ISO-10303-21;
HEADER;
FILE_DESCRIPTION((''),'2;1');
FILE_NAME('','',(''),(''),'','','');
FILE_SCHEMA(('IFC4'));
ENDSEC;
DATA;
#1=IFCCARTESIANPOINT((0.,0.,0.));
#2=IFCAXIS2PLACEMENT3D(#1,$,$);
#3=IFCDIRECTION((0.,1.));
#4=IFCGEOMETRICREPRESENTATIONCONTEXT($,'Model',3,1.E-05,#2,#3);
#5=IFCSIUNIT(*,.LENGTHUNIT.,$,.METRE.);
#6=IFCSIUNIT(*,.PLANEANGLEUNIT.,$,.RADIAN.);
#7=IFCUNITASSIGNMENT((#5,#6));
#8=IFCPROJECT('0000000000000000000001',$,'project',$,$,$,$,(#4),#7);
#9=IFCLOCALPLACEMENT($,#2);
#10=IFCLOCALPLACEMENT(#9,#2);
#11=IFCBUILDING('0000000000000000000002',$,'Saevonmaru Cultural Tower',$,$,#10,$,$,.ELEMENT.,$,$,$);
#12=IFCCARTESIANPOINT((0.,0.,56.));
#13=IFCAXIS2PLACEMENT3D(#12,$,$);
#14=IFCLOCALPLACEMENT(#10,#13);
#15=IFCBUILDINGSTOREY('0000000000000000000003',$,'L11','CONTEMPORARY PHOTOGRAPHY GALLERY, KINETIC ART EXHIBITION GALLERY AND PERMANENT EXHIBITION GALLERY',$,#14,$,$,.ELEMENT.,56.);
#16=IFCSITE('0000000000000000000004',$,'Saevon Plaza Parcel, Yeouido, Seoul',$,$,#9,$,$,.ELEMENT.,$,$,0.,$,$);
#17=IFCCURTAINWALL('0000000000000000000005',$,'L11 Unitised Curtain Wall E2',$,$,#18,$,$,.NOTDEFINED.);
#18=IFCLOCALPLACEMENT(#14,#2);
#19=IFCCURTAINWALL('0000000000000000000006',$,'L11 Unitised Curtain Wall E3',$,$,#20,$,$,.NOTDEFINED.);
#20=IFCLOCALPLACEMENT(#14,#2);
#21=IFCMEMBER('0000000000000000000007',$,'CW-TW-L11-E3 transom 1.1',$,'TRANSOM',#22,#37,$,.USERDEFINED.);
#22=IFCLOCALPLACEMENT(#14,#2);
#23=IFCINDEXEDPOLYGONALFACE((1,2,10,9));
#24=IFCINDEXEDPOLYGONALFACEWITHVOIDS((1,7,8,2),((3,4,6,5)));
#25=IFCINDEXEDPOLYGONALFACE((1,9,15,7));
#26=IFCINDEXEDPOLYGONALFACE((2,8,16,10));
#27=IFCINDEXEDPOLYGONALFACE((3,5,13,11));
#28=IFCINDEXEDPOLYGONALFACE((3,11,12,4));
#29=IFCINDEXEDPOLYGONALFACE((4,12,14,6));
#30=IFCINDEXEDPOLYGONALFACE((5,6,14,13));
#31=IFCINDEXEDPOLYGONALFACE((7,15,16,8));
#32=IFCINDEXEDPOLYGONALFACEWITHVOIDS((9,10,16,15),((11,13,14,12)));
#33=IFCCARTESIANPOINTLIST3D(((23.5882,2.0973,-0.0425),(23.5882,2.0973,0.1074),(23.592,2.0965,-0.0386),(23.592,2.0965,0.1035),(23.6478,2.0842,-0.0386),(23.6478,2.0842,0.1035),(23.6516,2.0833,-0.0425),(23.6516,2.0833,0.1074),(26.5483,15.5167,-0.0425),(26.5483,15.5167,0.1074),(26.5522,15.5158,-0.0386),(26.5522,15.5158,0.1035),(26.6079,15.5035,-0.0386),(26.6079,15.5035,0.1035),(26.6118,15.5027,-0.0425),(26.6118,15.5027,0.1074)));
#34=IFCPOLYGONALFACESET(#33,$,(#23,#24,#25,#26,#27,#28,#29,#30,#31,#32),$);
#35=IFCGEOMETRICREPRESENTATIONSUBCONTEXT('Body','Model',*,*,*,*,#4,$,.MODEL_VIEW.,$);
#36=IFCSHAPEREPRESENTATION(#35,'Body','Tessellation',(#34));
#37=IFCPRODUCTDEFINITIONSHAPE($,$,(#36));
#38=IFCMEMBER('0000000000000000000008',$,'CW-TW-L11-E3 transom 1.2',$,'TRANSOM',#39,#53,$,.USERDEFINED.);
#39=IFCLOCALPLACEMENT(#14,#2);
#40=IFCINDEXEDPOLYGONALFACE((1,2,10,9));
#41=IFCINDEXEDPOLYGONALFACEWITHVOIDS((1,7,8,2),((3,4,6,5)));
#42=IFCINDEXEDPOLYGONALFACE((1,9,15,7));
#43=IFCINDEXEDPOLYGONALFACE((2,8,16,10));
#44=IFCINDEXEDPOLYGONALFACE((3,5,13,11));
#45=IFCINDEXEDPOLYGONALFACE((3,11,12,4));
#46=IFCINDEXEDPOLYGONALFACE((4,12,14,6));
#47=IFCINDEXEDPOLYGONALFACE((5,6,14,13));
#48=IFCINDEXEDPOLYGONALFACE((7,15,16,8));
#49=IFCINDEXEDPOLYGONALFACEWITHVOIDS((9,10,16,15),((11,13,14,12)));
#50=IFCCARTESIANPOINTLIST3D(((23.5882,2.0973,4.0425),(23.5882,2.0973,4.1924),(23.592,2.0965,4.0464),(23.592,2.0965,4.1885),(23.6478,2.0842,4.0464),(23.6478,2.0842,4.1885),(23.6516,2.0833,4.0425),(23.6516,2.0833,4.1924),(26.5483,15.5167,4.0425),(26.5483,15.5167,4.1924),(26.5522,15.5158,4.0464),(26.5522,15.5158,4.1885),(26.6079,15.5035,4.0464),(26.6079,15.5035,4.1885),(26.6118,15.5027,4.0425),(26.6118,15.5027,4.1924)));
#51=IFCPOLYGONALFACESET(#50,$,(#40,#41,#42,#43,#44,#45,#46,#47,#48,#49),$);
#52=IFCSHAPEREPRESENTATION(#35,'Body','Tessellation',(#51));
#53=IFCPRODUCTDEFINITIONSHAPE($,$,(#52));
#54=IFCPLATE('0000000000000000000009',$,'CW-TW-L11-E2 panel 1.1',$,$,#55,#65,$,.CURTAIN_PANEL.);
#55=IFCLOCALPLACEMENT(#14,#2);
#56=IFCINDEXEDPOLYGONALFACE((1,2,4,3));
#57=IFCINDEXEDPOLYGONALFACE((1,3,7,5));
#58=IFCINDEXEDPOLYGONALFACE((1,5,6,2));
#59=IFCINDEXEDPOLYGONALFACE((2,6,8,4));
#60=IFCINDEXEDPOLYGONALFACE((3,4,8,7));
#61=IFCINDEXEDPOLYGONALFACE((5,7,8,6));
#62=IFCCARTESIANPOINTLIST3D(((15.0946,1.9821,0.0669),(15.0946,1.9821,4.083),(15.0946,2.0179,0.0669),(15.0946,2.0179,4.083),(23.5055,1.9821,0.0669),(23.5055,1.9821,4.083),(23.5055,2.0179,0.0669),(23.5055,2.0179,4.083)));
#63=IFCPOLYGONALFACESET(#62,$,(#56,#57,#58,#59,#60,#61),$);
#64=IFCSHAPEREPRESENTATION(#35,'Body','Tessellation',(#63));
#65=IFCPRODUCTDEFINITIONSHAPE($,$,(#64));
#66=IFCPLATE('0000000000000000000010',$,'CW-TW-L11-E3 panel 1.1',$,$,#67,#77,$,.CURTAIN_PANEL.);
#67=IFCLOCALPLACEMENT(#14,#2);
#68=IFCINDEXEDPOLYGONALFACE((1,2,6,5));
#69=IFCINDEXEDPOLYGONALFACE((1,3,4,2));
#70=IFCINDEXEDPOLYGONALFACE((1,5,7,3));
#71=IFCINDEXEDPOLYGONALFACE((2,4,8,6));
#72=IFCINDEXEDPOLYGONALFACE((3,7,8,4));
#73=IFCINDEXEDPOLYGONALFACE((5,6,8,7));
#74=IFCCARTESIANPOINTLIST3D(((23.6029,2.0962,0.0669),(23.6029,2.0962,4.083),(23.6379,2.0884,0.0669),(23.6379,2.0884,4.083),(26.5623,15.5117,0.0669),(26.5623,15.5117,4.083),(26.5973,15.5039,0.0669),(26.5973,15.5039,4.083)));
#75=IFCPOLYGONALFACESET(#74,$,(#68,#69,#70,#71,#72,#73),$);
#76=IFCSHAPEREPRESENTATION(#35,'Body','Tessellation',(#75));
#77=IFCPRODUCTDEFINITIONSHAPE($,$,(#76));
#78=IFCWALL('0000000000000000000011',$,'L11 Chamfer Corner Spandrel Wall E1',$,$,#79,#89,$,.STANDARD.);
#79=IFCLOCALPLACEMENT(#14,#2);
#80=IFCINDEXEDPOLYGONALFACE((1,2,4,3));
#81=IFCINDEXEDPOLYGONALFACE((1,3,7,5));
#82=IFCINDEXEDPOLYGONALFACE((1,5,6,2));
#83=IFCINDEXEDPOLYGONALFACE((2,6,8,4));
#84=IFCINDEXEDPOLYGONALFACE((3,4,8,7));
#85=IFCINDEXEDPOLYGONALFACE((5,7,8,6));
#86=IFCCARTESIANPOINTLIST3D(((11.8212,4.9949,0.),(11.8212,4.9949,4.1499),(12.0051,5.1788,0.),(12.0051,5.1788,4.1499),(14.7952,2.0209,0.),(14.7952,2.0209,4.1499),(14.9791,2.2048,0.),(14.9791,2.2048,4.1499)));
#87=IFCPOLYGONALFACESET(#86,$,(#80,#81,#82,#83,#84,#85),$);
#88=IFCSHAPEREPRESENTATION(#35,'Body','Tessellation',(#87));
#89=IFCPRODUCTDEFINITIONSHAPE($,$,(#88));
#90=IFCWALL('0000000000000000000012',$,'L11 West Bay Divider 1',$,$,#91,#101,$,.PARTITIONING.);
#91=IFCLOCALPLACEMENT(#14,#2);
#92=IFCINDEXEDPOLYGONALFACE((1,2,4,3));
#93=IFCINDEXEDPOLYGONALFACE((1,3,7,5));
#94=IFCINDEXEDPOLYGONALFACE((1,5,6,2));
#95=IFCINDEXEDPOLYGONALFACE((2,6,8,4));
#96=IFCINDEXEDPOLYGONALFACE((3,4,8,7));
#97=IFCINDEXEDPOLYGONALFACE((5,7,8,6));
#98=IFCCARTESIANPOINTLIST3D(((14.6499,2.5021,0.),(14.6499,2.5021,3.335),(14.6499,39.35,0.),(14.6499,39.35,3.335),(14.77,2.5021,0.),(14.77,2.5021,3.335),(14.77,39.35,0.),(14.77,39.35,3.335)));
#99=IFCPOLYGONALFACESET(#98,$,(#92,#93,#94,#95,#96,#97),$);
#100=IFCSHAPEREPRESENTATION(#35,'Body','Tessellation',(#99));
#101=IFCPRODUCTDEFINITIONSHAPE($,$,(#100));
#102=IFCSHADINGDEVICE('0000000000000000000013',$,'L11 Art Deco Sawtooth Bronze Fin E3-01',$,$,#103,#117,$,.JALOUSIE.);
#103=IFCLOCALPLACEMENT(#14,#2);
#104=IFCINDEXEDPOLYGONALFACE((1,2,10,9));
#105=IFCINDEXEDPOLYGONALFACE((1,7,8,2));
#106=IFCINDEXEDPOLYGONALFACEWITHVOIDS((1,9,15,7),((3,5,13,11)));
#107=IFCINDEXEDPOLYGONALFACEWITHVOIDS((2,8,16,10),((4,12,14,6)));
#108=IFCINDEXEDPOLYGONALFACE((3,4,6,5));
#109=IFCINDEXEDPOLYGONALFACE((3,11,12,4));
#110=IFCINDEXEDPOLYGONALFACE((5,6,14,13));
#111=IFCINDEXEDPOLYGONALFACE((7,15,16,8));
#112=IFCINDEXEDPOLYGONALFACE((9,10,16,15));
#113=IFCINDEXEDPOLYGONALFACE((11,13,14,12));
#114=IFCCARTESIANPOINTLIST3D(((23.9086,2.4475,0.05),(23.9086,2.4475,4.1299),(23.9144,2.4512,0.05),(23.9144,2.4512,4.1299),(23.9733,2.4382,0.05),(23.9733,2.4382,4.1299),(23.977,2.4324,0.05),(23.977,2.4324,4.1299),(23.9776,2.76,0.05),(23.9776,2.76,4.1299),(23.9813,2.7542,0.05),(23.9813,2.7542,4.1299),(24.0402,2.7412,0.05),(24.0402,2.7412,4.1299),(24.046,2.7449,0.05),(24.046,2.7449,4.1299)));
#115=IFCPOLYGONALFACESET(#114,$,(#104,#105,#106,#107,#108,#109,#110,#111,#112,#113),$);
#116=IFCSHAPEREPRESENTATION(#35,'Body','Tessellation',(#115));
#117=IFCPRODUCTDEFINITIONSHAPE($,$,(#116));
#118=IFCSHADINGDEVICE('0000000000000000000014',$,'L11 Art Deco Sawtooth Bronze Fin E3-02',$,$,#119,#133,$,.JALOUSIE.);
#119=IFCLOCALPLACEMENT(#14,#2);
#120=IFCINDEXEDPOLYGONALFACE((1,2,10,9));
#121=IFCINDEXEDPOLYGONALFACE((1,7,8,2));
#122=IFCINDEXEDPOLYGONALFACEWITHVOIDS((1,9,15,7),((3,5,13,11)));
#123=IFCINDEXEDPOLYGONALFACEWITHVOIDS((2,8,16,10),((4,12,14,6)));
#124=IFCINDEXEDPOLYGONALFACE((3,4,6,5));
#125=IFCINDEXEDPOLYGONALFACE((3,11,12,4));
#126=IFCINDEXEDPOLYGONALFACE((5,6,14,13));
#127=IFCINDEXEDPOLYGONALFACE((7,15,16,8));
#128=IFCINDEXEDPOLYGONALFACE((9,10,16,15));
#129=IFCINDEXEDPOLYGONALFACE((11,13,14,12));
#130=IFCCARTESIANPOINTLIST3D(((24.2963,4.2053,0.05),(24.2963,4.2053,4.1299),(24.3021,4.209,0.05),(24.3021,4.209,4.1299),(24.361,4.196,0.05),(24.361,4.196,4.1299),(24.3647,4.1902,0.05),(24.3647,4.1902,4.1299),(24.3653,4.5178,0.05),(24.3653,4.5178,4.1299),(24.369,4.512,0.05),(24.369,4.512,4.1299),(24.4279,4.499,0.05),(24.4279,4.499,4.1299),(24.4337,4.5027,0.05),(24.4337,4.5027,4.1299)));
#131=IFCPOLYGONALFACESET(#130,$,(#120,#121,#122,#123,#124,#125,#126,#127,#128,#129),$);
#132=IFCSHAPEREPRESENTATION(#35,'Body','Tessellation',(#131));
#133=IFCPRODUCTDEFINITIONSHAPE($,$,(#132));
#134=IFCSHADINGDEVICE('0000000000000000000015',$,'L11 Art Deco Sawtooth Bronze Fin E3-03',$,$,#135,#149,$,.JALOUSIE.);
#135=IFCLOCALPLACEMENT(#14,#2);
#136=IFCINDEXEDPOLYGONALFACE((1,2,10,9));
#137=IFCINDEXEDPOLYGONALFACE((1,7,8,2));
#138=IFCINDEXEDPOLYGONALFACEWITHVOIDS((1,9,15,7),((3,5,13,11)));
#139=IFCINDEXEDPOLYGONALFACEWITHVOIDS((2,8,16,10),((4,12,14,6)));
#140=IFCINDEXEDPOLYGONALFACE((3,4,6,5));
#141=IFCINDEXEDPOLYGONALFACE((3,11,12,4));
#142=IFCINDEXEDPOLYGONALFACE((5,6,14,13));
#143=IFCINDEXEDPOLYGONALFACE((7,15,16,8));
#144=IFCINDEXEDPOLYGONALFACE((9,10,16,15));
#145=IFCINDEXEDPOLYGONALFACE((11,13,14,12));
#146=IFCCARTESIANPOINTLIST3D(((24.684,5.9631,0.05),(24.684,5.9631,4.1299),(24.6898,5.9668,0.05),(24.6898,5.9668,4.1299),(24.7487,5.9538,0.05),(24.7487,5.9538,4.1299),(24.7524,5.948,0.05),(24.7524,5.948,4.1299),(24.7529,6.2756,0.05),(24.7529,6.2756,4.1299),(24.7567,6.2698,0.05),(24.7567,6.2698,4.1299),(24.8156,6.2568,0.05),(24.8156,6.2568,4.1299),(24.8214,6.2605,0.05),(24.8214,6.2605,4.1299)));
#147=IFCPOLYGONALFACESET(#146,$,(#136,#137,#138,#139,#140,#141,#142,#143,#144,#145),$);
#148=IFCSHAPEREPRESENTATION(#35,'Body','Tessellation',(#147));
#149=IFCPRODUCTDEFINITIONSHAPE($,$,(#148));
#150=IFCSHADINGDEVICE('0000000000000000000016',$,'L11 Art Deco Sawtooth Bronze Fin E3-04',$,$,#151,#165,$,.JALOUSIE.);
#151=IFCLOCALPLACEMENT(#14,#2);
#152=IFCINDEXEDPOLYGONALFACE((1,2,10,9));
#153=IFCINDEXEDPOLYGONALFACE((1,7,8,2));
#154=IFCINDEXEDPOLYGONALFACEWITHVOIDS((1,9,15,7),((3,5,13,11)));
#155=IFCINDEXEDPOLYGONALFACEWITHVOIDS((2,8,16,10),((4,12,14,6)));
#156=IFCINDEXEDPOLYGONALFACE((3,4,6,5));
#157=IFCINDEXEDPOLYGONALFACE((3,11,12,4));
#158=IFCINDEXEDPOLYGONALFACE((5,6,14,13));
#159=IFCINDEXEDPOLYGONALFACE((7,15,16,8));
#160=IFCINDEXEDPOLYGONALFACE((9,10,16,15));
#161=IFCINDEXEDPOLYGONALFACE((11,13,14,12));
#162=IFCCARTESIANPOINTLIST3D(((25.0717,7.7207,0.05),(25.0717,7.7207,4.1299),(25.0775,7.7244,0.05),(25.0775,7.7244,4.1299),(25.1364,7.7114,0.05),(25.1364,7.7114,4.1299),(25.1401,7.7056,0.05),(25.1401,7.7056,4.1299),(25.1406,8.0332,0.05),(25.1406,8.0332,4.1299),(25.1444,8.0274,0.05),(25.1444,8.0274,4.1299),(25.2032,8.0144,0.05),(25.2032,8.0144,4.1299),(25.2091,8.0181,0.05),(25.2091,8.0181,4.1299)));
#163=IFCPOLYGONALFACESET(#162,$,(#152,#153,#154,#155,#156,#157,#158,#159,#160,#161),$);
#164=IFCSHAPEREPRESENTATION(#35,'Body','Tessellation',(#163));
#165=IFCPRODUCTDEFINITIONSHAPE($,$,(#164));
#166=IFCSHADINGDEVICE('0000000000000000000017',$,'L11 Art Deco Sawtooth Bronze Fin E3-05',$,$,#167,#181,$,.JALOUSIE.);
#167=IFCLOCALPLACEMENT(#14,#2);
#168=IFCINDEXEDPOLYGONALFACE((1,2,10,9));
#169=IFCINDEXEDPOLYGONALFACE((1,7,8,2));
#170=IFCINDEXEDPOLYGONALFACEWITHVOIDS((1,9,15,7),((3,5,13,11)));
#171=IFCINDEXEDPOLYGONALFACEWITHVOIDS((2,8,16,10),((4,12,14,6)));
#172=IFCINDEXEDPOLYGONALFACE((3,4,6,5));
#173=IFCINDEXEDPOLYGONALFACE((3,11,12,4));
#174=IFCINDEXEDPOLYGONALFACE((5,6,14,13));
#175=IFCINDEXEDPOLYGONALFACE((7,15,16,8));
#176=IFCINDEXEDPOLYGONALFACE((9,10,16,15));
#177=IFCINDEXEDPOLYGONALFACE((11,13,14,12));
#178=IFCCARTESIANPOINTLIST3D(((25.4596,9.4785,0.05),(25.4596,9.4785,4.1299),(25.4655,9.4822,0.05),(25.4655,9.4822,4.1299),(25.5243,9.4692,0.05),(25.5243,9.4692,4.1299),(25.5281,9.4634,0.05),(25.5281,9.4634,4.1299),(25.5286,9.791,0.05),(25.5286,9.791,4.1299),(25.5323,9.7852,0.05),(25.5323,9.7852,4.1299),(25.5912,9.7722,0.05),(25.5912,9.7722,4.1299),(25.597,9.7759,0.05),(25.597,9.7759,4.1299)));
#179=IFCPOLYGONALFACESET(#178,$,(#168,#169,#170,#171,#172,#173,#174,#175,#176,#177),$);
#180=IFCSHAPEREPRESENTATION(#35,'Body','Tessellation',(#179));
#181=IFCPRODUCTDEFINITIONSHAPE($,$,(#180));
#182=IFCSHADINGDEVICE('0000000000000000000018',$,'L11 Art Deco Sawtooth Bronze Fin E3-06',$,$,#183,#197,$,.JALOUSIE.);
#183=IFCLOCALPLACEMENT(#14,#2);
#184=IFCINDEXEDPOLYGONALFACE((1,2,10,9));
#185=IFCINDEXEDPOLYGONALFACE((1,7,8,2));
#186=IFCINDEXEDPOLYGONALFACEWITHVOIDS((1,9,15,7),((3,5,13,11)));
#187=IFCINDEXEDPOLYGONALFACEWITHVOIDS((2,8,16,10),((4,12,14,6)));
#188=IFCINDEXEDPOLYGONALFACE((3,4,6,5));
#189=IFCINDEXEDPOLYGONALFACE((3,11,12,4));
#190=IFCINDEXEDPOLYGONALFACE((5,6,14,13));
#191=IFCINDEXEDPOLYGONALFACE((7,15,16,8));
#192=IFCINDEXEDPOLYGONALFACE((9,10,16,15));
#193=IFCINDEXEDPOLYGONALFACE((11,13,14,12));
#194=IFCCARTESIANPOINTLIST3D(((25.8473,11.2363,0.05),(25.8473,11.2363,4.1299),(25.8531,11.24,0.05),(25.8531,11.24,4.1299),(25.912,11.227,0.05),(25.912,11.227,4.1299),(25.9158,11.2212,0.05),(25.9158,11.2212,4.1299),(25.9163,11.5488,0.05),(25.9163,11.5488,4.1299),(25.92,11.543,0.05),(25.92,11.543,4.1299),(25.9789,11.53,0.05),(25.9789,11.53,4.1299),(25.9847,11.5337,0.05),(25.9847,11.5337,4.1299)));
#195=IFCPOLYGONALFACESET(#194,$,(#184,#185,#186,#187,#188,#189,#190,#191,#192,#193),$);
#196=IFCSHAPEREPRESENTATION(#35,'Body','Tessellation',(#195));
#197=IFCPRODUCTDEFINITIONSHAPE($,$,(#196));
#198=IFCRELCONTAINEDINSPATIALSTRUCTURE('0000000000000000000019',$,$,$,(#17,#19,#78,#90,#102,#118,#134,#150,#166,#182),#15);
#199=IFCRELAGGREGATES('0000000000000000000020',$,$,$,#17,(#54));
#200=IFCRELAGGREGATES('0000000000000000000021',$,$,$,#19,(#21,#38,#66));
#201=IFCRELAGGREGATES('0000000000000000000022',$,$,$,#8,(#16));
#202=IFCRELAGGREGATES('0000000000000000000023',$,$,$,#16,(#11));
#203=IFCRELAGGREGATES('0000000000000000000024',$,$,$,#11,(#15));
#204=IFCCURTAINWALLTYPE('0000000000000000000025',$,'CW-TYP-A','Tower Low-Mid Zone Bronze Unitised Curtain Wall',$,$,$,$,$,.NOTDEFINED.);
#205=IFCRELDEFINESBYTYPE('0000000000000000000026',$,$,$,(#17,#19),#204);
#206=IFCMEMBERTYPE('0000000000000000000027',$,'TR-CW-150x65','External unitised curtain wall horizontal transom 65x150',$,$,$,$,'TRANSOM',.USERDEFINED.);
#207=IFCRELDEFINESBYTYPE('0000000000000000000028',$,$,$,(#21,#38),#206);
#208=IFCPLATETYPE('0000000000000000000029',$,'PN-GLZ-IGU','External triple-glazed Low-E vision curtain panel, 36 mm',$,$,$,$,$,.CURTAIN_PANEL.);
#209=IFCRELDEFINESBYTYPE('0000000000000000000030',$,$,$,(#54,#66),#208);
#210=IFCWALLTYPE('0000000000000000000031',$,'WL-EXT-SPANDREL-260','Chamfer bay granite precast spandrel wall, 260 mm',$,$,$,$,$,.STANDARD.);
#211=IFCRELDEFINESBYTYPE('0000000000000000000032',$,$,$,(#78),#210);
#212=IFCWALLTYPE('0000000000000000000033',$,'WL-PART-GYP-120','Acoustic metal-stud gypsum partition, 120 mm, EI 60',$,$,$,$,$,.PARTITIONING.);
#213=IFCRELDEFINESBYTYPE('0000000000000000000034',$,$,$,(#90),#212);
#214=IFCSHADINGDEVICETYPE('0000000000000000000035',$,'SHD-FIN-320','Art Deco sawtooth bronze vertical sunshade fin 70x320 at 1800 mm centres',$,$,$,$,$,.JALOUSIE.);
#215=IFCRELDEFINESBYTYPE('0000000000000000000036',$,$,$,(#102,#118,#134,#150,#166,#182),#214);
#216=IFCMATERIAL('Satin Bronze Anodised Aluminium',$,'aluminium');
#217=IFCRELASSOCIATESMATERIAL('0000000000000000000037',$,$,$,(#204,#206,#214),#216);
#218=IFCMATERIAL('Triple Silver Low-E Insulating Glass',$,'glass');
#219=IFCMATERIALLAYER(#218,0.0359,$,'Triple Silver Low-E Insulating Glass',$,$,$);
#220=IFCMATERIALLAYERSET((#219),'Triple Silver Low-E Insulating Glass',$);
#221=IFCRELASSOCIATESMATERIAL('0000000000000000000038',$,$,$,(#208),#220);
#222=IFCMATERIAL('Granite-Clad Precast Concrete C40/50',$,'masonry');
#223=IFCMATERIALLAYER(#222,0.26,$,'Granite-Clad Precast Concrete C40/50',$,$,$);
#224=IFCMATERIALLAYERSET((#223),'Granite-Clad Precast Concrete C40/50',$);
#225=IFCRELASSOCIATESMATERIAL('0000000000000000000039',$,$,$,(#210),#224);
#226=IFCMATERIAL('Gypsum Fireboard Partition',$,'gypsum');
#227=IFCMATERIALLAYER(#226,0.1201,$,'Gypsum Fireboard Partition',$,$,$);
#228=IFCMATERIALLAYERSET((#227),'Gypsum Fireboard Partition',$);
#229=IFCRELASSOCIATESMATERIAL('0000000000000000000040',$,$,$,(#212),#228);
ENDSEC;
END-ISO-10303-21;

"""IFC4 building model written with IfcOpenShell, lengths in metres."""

from ifc_helpers import new_model, si_unit, direction, frame, frame_2d, origin, origin_2d, place, context, subcontext, project, spatial, rectangle, hollow_rectangle, extrude, material, layer, layer_set, material_profile, profile_set, type_object, element, aggregate, save


model = new_model("IFC4")

# Units and contexts
model_context = context("Model", 3, precision=1e-05, world=origin(), true_north=direction((0.0, 1.0)))
body_context = subcontext(model_context, "Body", "Model", "MODEL_VIEW")
ifc_project = project(units=[si_unit("LENGTHUNIT", "METRE"), si_unit("PLANEANGLEUNIT", "RADIAN")], contexts=[model_context])

# Site, building, storey
site_placement = place(None, origin())
site = spatial("IfcSite", under=ifc_project, at=site_placement, Name="Saevon Plaza Parcel, Yeouido, Seoul", CompositionType="ELEMENT", RefElevation=0.0)
building_placement = place(site_placement, origin())
building = spatial("IfcBuilding", under=site, at=building_placement, Name="Saevonmaru Cultural Tower", CompositionType="ELEMENT")
storey_placement = place(building_placement, frame((0.0, 0.0, 56.0)))
storey = spatial("IfcBuildingStorey", under=building, at=storey_placement, Name="L11", Description="CONTEMPORARY PHOTOGRAPHY GALLERY, KINETIC ART EXHIBITION GALLERY AND PERMANENT EXHIBITION GALLERY", CompositionType="ELEMENT", Elevation=56.0)

# Curtain wall
ifc_material_1 = material(Name="Satin Bronze Anodised Aluminium", Category="aluminium")
curtain_wall_type = type_object("IfcCurtainWallType", Name="CW-TYP-A", Description="Tower Low-Mid Zone Bronze Unitised Curtain Wall", PredefinedType="NOTDEFINED", material=ifc_material_1)
curtain_wall_1_placement = place(storey_placement, origin())
curtain_wall_1 = element("IfcCurtainWall", 1, at=curtain_wall_1_placement, inside=storey, type_object=curtain_wall_type, Name="L11 Unitised Curtain Wall E2", PredefinedType="NOTDEFINED")

# Curtain wall
curtain_wall_2_placement = place(storey_placement, origin())
curtain_wall_2 = element("IfcCurtainWall", 2, at=curtain_wall_2_placement, inside=storey, type_object=curtain_wall_type, Name="L11 Unitised Curtain Wall E3", PredefinedType="NOTDEFINED")

# Members
ifc_material_profile_1 = material_profile(ifc_material_1, hollow_rectangle(XDim=0.0649, YDim=0.1499, WallThickness=0.0039, at=origin_2d()), Name="ALU-TRAN-150x65x4")
ifc_profile_set_1 = profile_set([ifc_material_profile_1], Name="Satin Bronze Anodised Aluminium")
member_type_1 = type_object("IfcMemberType", Name="TR-CW-150x65", Description="External unitised curtain wall horizontal transom 65x150", ElementType="TRANSOM", PredefinedType="USERDEFINED", material=ifc_profile_set_1)
member_1_placement = place(storey_placement, frame((23.6199, 2.0903, 0.0325), z_axis=(0.215412, 0.976523, 0.0), x_axis=(-0.976523, 0.215412, 0.0)))
member_1 = element("IfcMember", 3, at=member_1_placement, type_object=member_type_1, Name="CW-TW-L11-E3 transom 1.1", ObjectType="TRANSOM", PredefinedType="USERDEFINED", context=body_context, shape_type="SweptSolid", body=[
    extrude(hollow_rectangle(XDim=0.0649, YDim=0.1499, WallThickness=0.0039, at=origin_2d()), origin(), (0.0, 0.0, 1.0), 13.7419),
])
member_2_placement = place(storey_placement, frame((23.6199, 2.0903, 4.1174), z_axis=(0.215412, 0.976523, 0.0), x_axis=(-0.976523, 0.215412, 0.0)))
member_2 = element("IfcMember", 4, at=member_2_placement, type_object=member_type_1, Name="CW-TW-L11-E3 transom 1.2", ObjectType="TRANSOM", PredefinedType="USERDEFINED", context=body_context, shape_type="SweptSolid", body=[
    extrude(hollow_rectangle(XDim=0.0649, YDim=0.1499, WallThickness=0.0039, at=origin_2d()), origin(), (0.0, 0.0, 1.0), 13.7419),
])

# Plates
ifc_material_2 = material(Name="Triple Silver Low-E Insulating Glass", Category="glass")
ifc_layer_1 = layer(ifc_material_2, 0.0359, Name="Triple Silver Low-E Insulating Glass")
ifc_layer_set_1 = layer_set([ifc_layer_1], Name="Triple Silver Low-E Insulating Glass")
plate_type = type_object("IfcPlateType", Name="PN-GLZ-IGU", Description="External triple-glazed Low-E vision curtain panel, 36 mm", PredefinedType="CURTAIN_PANEL", material=ifc_layer_set_1)
plate_1_placement = place(storey_placement, frame((19.3, 2.0, 0.0669), z_axis=(0.0, 0.0, 1.0), x_axis=(1.0, 0.0, 0.0)))
plate_1 = element("IfcPlate", 5, at=plate_1_placement, type_object=plate_type, Name="CW-TW-L11-E2 panel 1.1", PredefinedType="CURTAIN_PANEL", context=body_context, shape_type="SweptSolid", body=[
    extrude(rectangle(XDim=8.4109, YDim=0.0359, at=origin_2d()), origin(), (0.0, 0.0, 1.0), 4.0161),
])
aggregate(curtain_wall_1, [plate_1])
plate_2_placement = place(storey_placement, frame((25.1001, 8.8, 0.0669), z_axis=(0.0, 0.0, 1.0), x_axis=(0.215413, 0.976523, 0.0)))
plate_2 = element("IfcPlate", 6, at=plate_2_placement, type_object=plate_type, Name="CW-TW-L11-E3 panel 1.1", PredefinedType="CURTAIN_PANEL", context=body_context, shape_type="SweptSolid", body=[
    extrude(rectangle(XDim=13.738, YDim=0.0359, at=origin_2d()), origin(), (0.0, 0.0, 1.0), 4.0161),
])
aggregate(curtain_wall_2, [member_1, member_2, plate_2])

# Walls
ifc_material_3 = material(Name="Granite-Clad Precast Concrete C40/50", Category="masonry")
ifc_layer_2 = layer(ifc_material_3, 0.26, Name="Granite-Clad Precast Concrete C40/50")
ifc_layer_set_2 = layer_set([ifc_layer_2], Name="Granite-Clad Precast Concrete C40/50")
wall_type_1 = type_object("IfcWallType", Name="WL-EXT-SPANDREL-260", Description="Chamfer bay granite precast spandrel wall, 260 mm", PredefinedType="STANDARD", material=ifc_layer_set_2)
wall_1_placement = place(storey_placement, frame((11.9131, 5.0869, 0.0), z_axis=(0.0, 0.0, 1.0), x_axis=(0.707107, -0.707107, 0.0)))
element("IfcWall", 7, at=wall_1_placement, inside=storey, type_object=wall_type_1, Name="L11 Chamfer Corner Spandrel Wall E1", PredefinedType="STANDARD", context=body_context, shape_type="SweptSolid", body=[
    extrude(rectangle(XDim=4.2058, YDim=0.26, at=frame_2d((2.103, 0.0))), origin(), (0.0, 0.0, 1.0), 4.1499),
])
ifc_material_4 = material(Name="Gypsum Fireboard Partition", Category="gypsum")
ifc_layer_3 = layer(ifc_material_4, 0.1201, Name="Gypsum Fireboard Partition")
ifc_layer_set_3 = layer_set([ifc_layer_3], Name="Gypsum Fireboard Partition")
wall_type_2 = type_object("IfcWallType", Name="WL-PART-GYP-120", Description="Acoustic metal-stud gypsum partition, 120 mm, EI 60", PredefinedType="PARTITIONING", material=ifc_layer_set_3)
wall_2_placement = place(storey_placement, frame((14.71, 2.5022, 0.0), z_axis=(0.0, 0.0, 1.0), x_axis=(0.0, 1.0, 0.0)))
element("IfcWall", 8, at=wall_2_placement, inside=storey, type_object=wall_type_2, Name="L11 West Bay Divider 1", PredefinedType="PARTITIONING", context=body_context, shape_type="SweptSolid", body=[
    extrude(rectangle(XDim=36.8479, YDim=0.1201, at=frame_2d((18.4238, 0.0))), origin(), (0.0, 0.0, 1.0), 3.335),
])

# Shading devices
ifc_material_profile_2 = material_profile(ifc_material_1, hollow_rectangle(XDim=0.0701, YDim=0.3201, WallThickness=0.0049, at=origin_2d()), Name="FIN-320x70")
ifc_profile_set_2 = profile_set([ifc_material_profile_2], Name="Satin Bronze Anodised Aluminium")
shading_device_type = type_object("IfcShadingDeviceType", Name="SHD-FIN-320", Description="Art Deco sawtooth bronze vertical sunshade fin 70x320 at 1800 mm centres", PredefinedType="JALOUSIE", material=ifc_profile_set_2)
for number, where, z_axis, x_axis, name in (
    (9, (23.9773, 2.5962, 0.05), (0.0, 0.0, 1.0), (0.976522, -0.215417, 0.0), "L11 Art Deco Sawtooth Bronze Fin E3-01"),
    (10, (24.365, 4.354, 0.05), (0.0, 0.0, 1.0), (0.976522, -0.215417, 0.0), "L11 Art Deco Sawtooth Bronze Fin E3-02"),
    (11, (24.7527, 6.1118, 0.05), (0.0, 0.0, 1.0), (0.976522, -0.215417, 0.0), "L11 Art Deco Sawtooth Bronze Fin E3-03"),
    (12, (25.1404, 7.8694, 0.05), (0.0, 0.0, 1.0), (0.976522, -0.215417, 0.0), "L11 Art Deco Sawtooth Bronze Fin E3-04"),
    (13, (25.5283, 9.6272, 0.05), (0.0, 0.0, 1.0), (0.976522, -0.215417, 0.0), "L11 Art Deco Sawtooth Bronze Fin E3-05"),
    (14, (25.916, 11.385, 0.05), (0.0, 0.0, 1.0), (0.976522, -0.215417, 0.0), "L11 Art Deco Sawtooth Bronze Fin E3-06"),
):
    element("IfcShadingDevice", number, at=place(storey_placement, frame(where, z_axis=z_axis, x_axis=x_axis)), inside=storey, type_object=shading_device_type, Name=name, PredefinedType="JALOUSIE", context=body_context, shape_type="SweptSolid", body=[
        extrude(hollow_rectangle(XDim=0.0701, YDim=0.3201, WallThickness=0.0049, at=origin_2d()), origin(), (0.0, 0.0, 1.0), 4.0798),
    ])

save(model, "model.ifc")
